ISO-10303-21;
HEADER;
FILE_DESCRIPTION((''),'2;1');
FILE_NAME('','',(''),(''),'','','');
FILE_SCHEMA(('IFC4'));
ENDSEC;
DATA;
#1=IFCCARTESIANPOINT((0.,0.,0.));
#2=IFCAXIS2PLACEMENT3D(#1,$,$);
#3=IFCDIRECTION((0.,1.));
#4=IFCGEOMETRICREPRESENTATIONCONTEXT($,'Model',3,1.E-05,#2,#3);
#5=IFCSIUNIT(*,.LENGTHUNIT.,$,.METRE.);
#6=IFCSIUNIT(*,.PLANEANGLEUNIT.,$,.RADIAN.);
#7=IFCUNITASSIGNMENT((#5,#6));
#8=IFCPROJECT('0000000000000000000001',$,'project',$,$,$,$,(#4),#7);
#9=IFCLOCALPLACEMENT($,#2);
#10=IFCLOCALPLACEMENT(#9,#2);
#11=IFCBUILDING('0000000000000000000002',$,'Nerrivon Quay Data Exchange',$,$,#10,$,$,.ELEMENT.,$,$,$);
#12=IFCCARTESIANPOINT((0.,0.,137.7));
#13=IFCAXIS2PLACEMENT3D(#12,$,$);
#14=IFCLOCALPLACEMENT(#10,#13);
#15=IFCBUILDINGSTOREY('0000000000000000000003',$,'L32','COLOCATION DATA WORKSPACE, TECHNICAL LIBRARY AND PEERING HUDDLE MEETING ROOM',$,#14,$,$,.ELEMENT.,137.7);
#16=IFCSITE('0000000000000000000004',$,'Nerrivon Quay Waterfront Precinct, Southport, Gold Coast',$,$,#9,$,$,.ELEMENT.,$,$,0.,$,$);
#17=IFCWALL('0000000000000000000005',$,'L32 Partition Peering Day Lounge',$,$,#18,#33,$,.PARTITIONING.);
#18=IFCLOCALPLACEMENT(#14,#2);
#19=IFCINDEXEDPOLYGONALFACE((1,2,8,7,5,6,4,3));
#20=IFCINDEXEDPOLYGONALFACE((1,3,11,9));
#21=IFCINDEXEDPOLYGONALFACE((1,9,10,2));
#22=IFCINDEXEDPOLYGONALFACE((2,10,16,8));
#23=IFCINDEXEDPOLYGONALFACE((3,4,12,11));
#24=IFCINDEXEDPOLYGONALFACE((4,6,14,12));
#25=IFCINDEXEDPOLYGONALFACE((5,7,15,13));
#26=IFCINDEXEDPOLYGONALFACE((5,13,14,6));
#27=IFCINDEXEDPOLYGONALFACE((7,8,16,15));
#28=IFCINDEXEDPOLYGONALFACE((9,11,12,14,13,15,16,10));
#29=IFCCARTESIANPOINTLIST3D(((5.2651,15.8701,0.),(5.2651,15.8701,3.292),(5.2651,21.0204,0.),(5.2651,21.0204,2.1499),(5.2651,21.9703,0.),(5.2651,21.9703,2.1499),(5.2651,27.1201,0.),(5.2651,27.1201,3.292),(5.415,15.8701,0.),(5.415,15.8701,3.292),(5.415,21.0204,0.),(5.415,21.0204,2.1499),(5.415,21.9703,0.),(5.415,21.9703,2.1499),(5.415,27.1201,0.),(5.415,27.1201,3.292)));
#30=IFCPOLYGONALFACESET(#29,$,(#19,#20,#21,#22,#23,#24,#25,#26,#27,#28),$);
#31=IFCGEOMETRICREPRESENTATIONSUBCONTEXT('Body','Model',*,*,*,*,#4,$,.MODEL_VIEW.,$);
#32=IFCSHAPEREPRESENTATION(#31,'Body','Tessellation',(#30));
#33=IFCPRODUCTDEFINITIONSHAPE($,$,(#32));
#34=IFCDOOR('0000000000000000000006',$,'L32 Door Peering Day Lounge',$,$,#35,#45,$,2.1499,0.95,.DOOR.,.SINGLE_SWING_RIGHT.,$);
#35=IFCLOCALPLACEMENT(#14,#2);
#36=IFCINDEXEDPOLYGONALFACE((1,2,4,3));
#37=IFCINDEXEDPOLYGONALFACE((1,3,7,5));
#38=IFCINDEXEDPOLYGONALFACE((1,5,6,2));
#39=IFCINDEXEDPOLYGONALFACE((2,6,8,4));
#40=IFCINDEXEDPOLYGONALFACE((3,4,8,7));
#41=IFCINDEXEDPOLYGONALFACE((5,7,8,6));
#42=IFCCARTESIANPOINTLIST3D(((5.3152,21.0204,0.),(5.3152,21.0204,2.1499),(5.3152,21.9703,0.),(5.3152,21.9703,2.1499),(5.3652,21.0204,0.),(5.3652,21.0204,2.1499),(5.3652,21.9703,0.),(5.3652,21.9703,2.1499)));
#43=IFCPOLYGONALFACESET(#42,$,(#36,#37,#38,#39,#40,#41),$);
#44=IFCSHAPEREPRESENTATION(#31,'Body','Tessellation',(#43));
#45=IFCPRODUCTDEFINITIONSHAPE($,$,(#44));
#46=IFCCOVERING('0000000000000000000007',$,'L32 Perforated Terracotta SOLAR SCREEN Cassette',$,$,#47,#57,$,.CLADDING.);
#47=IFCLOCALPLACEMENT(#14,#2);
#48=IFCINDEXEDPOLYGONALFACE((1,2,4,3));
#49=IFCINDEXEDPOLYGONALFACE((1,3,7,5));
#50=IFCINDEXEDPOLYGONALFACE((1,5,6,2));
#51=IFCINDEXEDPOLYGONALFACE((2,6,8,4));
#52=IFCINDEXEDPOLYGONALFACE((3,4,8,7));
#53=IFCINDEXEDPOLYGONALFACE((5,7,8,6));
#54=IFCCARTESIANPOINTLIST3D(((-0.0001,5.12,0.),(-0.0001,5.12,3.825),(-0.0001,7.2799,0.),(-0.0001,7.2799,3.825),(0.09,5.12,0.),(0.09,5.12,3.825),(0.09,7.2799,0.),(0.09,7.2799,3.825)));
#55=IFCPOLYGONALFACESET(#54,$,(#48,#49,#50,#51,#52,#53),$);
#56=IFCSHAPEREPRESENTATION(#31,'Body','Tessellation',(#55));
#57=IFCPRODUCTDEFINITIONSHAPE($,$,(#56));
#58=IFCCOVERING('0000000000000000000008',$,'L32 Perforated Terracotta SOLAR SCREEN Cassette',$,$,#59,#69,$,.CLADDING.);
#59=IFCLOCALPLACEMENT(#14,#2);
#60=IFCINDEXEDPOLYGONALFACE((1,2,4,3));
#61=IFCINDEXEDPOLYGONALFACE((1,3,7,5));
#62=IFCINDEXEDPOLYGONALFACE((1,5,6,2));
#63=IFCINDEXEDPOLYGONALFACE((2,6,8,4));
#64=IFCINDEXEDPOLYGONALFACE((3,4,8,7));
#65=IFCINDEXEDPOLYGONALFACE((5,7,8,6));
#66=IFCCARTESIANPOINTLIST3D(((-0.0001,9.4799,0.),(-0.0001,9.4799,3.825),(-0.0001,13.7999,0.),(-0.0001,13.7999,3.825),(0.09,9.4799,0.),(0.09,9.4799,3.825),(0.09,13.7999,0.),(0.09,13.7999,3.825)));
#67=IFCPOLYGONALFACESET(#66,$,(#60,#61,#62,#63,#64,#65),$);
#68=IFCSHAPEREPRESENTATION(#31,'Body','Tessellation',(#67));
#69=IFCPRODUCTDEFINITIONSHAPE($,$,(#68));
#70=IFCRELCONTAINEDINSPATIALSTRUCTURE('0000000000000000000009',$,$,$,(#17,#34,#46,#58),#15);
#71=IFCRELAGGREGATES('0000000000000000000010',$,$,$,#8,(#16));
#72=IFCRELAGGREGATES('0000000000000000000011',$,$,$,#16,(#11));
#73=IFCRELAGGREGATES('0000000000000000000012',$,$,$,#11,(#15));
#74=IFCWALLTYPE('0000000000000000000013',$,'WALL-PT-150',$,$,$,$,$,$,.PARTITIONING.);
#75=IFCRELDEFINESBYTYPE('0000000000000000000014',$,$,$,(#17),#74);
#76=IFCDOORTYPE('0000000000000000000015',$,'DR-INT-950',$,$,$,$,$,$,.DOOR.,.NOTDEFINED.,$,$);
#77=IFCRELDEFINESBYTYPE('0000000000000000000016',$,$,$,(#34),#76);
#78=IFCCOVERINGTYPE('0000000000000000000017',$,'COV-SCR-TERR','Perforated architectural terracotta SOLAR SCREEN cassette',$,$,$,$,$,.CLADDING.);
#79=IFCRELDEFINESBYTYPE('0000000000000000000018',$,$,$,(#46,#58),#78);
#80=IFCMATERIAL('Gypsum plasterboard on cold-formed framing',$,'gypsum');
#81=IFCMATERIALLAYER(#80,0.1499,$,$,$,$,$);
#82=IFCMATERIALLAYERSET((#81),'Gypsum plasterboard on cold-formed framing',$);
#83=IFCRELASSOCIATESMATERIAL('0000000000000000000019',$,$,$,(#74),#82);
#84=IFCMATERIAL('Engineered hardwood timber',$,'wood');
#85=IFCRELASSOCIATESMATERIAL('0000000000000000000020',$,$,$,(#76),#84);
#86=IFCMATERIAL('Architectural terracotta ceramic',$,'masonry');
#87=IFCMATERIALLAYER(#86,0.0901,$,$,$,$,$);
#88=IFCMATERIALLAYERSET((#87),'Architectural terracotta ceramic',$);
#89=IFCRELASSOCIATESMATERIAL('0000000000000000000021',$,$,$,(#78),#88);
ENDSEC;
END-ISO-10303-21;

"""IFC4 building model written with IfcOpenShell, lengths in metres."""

from ifc_helpers import new_model, si_unit, direction, frame, frame_2d, origin, origin_2d, place, context, subcontext, project, spatial, rectangle, extrude, material, layer, layer_set, type_object, element, fill, save


model = new_model("IFC4")

# Units and contexts
model_context = context("Model", 3, precision=1e-05, world=origin(), true_north=direction((0.0, 1.0)))
body_context = subcontext(model_context, "Body", "Model", "MODEL_VIEW")
ifc_project = project(units=[si_unit("LENGTHUNIT", "METRE"), si_unit("PLANEANGLEUNIT", "RADIAN")], contexts=[model_context])

# Site, building, storey
site_placement = place(None, origin())
site = spatial("IfcSite", under=ifc_project, at=site_placement, Name="Nerrivon Quay Waterfront Precinct, Southport, Gold Coast", CompositionType="ELEMENT", RefElevation=0.0)
building_placement = place(site_placement, origin())
building = spatial("IfcBuilding", under=site, at=building_placement, Name="Nerrivon Quay Data Exchange", CompositionType="ELEMENT")
storey_placement = place(building_placement, frame((0.0, 0.0, 137.7)))
storey = spatial("IfcBuildingStorey", under=building, at=storey_placement, Name="L32", Description="COLOCATION DATA WORKSPACE, TECHNICAL LIBRARY AND PEERING HUDDLE MEETING ROOM", CompositionType="ELEMENT", Elevation=137.7)

# Shared definitions
ifc_material_1 = material(Name="Gypsum plasterboard on cold-formed framing", Category="gypsum")

# Shared definitions
ifc_material_2 = material(Name="Engineered hardwood timber", Category="wood")

# Wall, opening, door
ifc_layer_1 = layer(ifc_material_1, 0.1499)
ifc_layer_set_1 = layer_set([ifc_layer_1], Name="Gypsum plasterboard on cold-formed framing")
wall_type_1 = type_object("IfcWallType", Name="WALL-PT-150", PredefinedType="PARTITIONING", material=ifc_layer_set_1)
wall_1_placement = place(storey_placement, frame((5.3401, 15.8701, 0.0), z_axis=(0.0, 0.0, 1.0), x_axis=(0.0, 1.0, 0.0)))
wall_1 = element("IfcWall", 1, at=wall_1_placement, inside=storey, type_object=wall_type_1, Name="L32 Partition Peering Day Lounge", PredefinedType="PARTITIONING", context=body_context, shape_type="SweptSolid", body=[
    extrude(rectangle(XDim=11.25, YDim=0.1499, at=frame_2d((5.625, 0.0))), origin(), (0.0, 0.0, 1.0), 3.292),
])
opening_1_placement = place(wall_1_placement, frame((5.1501, 0.0, 0.0)))
opening_1 = element("IfcOpeningElement", 2, at=opening_1_placement, cuts=wall_1, PredefinedType="OPENING", context=body_context, shape_type="SweptSolid", body=[
    extrude(rectangle(XDim=0.95, YDim=2.1499, at=frame_2d((0.4751, 1.075))), frame((0.0, 0.085, 0.0), z_axis=(0.0, -1.0, 0.0), x_axis=(1.0, 0.0, 0.0)), (0.0, 0.0, 1.0), 0.1699),
])
door_type_1 = type_object("IfcDoorType", Name="DR-INT-950", OperationType="NOTDEFINED", PredefinedType="DOOR", material=ifc_material_2)
door_1_placement = place(opening_1_placement, origin())
door_1 = element("IfcDoor", 3, at=door_1_placement, inside=storey, type_object=door_type_1, Name="L32 Door Peering Day Lounge", OperationType="SINGLE_SWING_RIGHT", OverallHeight=2.1499, OverallWidth=0.95, PredefinedType="DOOR", context=body_context, shape_type="SweptSolid", body=[
    extrude(rectangle(XDim=0.95, YDim=2.1499, at=frame_2d((0.4751, 1.075))), frame((0.0, 0.0249, 0.0), z_axis=(0.0, -1.0, 0.0), x_axis=(1.0, 0.0, 0.0)), (0.0, 0.0, 1.0), 0.05),
])
fill(opening_1, door_1)

# Coverings
ifc_material_3 = material(Name="Architectural terracotta ceramic", Category="masonry")
ifc_layer_2 = layer(ifc_material_3, 0.0901)
ifc_layer_set_2 = layer_set([ifc_layer_2], Name="Architectural terracotta ceramic")
covering_type = type_object("IfcCoveringType", Name="COV-SCR-TERR", Description="Perforated architectural terracotta SOLAR SCREEN cassette", PredefinedType="CLADDING", material=ifc_layer_set_2)
covering_1_placement = place(storey_placement, frame((0.0449, 6.2, 0.0), z_axis=(0.0, 0.0, 1.0), x_axis=(0.0, 1.0, 0.0)))
element("IfcCovering", 4, at=covering_1_placement, inside=storey, type_object=covering_type, Name="L32 Perforated Terracotta SOLAR SCREEN Cassette", PredefinedType="CLADDING", context=body_context, shape_type="SweptSolid", body=[
    extrude(rectangle(XDim=2.1599, YDim=0.0901, at=origin_2d()), origin(), (0.0, 0.0, 1.0), 3.825),
])
covering_2_placement = place(storey_placement, frame((0.0449, 11.6399, 0.0), z_axis=(0.0, 0.0, 1.0), x_axis=(0.0, 1.0, 0.0)))
element("IfcCovering", 5, at=covering_2_placement, inside=storey, type_object=covering_type, Name="L32 Perforated Terracotta SOLAR SCREEN Cassette", PredefinedType="CLADDING", context=body_context, shape_type="SweptSolid", body=[
    extrude(rectangle(XDim=4.3201, YDim=0.0901, at=origin_2d()), origin(), (0.0, 0.0, 1.0), 3.825),
])

save(model, "model.ifc")
